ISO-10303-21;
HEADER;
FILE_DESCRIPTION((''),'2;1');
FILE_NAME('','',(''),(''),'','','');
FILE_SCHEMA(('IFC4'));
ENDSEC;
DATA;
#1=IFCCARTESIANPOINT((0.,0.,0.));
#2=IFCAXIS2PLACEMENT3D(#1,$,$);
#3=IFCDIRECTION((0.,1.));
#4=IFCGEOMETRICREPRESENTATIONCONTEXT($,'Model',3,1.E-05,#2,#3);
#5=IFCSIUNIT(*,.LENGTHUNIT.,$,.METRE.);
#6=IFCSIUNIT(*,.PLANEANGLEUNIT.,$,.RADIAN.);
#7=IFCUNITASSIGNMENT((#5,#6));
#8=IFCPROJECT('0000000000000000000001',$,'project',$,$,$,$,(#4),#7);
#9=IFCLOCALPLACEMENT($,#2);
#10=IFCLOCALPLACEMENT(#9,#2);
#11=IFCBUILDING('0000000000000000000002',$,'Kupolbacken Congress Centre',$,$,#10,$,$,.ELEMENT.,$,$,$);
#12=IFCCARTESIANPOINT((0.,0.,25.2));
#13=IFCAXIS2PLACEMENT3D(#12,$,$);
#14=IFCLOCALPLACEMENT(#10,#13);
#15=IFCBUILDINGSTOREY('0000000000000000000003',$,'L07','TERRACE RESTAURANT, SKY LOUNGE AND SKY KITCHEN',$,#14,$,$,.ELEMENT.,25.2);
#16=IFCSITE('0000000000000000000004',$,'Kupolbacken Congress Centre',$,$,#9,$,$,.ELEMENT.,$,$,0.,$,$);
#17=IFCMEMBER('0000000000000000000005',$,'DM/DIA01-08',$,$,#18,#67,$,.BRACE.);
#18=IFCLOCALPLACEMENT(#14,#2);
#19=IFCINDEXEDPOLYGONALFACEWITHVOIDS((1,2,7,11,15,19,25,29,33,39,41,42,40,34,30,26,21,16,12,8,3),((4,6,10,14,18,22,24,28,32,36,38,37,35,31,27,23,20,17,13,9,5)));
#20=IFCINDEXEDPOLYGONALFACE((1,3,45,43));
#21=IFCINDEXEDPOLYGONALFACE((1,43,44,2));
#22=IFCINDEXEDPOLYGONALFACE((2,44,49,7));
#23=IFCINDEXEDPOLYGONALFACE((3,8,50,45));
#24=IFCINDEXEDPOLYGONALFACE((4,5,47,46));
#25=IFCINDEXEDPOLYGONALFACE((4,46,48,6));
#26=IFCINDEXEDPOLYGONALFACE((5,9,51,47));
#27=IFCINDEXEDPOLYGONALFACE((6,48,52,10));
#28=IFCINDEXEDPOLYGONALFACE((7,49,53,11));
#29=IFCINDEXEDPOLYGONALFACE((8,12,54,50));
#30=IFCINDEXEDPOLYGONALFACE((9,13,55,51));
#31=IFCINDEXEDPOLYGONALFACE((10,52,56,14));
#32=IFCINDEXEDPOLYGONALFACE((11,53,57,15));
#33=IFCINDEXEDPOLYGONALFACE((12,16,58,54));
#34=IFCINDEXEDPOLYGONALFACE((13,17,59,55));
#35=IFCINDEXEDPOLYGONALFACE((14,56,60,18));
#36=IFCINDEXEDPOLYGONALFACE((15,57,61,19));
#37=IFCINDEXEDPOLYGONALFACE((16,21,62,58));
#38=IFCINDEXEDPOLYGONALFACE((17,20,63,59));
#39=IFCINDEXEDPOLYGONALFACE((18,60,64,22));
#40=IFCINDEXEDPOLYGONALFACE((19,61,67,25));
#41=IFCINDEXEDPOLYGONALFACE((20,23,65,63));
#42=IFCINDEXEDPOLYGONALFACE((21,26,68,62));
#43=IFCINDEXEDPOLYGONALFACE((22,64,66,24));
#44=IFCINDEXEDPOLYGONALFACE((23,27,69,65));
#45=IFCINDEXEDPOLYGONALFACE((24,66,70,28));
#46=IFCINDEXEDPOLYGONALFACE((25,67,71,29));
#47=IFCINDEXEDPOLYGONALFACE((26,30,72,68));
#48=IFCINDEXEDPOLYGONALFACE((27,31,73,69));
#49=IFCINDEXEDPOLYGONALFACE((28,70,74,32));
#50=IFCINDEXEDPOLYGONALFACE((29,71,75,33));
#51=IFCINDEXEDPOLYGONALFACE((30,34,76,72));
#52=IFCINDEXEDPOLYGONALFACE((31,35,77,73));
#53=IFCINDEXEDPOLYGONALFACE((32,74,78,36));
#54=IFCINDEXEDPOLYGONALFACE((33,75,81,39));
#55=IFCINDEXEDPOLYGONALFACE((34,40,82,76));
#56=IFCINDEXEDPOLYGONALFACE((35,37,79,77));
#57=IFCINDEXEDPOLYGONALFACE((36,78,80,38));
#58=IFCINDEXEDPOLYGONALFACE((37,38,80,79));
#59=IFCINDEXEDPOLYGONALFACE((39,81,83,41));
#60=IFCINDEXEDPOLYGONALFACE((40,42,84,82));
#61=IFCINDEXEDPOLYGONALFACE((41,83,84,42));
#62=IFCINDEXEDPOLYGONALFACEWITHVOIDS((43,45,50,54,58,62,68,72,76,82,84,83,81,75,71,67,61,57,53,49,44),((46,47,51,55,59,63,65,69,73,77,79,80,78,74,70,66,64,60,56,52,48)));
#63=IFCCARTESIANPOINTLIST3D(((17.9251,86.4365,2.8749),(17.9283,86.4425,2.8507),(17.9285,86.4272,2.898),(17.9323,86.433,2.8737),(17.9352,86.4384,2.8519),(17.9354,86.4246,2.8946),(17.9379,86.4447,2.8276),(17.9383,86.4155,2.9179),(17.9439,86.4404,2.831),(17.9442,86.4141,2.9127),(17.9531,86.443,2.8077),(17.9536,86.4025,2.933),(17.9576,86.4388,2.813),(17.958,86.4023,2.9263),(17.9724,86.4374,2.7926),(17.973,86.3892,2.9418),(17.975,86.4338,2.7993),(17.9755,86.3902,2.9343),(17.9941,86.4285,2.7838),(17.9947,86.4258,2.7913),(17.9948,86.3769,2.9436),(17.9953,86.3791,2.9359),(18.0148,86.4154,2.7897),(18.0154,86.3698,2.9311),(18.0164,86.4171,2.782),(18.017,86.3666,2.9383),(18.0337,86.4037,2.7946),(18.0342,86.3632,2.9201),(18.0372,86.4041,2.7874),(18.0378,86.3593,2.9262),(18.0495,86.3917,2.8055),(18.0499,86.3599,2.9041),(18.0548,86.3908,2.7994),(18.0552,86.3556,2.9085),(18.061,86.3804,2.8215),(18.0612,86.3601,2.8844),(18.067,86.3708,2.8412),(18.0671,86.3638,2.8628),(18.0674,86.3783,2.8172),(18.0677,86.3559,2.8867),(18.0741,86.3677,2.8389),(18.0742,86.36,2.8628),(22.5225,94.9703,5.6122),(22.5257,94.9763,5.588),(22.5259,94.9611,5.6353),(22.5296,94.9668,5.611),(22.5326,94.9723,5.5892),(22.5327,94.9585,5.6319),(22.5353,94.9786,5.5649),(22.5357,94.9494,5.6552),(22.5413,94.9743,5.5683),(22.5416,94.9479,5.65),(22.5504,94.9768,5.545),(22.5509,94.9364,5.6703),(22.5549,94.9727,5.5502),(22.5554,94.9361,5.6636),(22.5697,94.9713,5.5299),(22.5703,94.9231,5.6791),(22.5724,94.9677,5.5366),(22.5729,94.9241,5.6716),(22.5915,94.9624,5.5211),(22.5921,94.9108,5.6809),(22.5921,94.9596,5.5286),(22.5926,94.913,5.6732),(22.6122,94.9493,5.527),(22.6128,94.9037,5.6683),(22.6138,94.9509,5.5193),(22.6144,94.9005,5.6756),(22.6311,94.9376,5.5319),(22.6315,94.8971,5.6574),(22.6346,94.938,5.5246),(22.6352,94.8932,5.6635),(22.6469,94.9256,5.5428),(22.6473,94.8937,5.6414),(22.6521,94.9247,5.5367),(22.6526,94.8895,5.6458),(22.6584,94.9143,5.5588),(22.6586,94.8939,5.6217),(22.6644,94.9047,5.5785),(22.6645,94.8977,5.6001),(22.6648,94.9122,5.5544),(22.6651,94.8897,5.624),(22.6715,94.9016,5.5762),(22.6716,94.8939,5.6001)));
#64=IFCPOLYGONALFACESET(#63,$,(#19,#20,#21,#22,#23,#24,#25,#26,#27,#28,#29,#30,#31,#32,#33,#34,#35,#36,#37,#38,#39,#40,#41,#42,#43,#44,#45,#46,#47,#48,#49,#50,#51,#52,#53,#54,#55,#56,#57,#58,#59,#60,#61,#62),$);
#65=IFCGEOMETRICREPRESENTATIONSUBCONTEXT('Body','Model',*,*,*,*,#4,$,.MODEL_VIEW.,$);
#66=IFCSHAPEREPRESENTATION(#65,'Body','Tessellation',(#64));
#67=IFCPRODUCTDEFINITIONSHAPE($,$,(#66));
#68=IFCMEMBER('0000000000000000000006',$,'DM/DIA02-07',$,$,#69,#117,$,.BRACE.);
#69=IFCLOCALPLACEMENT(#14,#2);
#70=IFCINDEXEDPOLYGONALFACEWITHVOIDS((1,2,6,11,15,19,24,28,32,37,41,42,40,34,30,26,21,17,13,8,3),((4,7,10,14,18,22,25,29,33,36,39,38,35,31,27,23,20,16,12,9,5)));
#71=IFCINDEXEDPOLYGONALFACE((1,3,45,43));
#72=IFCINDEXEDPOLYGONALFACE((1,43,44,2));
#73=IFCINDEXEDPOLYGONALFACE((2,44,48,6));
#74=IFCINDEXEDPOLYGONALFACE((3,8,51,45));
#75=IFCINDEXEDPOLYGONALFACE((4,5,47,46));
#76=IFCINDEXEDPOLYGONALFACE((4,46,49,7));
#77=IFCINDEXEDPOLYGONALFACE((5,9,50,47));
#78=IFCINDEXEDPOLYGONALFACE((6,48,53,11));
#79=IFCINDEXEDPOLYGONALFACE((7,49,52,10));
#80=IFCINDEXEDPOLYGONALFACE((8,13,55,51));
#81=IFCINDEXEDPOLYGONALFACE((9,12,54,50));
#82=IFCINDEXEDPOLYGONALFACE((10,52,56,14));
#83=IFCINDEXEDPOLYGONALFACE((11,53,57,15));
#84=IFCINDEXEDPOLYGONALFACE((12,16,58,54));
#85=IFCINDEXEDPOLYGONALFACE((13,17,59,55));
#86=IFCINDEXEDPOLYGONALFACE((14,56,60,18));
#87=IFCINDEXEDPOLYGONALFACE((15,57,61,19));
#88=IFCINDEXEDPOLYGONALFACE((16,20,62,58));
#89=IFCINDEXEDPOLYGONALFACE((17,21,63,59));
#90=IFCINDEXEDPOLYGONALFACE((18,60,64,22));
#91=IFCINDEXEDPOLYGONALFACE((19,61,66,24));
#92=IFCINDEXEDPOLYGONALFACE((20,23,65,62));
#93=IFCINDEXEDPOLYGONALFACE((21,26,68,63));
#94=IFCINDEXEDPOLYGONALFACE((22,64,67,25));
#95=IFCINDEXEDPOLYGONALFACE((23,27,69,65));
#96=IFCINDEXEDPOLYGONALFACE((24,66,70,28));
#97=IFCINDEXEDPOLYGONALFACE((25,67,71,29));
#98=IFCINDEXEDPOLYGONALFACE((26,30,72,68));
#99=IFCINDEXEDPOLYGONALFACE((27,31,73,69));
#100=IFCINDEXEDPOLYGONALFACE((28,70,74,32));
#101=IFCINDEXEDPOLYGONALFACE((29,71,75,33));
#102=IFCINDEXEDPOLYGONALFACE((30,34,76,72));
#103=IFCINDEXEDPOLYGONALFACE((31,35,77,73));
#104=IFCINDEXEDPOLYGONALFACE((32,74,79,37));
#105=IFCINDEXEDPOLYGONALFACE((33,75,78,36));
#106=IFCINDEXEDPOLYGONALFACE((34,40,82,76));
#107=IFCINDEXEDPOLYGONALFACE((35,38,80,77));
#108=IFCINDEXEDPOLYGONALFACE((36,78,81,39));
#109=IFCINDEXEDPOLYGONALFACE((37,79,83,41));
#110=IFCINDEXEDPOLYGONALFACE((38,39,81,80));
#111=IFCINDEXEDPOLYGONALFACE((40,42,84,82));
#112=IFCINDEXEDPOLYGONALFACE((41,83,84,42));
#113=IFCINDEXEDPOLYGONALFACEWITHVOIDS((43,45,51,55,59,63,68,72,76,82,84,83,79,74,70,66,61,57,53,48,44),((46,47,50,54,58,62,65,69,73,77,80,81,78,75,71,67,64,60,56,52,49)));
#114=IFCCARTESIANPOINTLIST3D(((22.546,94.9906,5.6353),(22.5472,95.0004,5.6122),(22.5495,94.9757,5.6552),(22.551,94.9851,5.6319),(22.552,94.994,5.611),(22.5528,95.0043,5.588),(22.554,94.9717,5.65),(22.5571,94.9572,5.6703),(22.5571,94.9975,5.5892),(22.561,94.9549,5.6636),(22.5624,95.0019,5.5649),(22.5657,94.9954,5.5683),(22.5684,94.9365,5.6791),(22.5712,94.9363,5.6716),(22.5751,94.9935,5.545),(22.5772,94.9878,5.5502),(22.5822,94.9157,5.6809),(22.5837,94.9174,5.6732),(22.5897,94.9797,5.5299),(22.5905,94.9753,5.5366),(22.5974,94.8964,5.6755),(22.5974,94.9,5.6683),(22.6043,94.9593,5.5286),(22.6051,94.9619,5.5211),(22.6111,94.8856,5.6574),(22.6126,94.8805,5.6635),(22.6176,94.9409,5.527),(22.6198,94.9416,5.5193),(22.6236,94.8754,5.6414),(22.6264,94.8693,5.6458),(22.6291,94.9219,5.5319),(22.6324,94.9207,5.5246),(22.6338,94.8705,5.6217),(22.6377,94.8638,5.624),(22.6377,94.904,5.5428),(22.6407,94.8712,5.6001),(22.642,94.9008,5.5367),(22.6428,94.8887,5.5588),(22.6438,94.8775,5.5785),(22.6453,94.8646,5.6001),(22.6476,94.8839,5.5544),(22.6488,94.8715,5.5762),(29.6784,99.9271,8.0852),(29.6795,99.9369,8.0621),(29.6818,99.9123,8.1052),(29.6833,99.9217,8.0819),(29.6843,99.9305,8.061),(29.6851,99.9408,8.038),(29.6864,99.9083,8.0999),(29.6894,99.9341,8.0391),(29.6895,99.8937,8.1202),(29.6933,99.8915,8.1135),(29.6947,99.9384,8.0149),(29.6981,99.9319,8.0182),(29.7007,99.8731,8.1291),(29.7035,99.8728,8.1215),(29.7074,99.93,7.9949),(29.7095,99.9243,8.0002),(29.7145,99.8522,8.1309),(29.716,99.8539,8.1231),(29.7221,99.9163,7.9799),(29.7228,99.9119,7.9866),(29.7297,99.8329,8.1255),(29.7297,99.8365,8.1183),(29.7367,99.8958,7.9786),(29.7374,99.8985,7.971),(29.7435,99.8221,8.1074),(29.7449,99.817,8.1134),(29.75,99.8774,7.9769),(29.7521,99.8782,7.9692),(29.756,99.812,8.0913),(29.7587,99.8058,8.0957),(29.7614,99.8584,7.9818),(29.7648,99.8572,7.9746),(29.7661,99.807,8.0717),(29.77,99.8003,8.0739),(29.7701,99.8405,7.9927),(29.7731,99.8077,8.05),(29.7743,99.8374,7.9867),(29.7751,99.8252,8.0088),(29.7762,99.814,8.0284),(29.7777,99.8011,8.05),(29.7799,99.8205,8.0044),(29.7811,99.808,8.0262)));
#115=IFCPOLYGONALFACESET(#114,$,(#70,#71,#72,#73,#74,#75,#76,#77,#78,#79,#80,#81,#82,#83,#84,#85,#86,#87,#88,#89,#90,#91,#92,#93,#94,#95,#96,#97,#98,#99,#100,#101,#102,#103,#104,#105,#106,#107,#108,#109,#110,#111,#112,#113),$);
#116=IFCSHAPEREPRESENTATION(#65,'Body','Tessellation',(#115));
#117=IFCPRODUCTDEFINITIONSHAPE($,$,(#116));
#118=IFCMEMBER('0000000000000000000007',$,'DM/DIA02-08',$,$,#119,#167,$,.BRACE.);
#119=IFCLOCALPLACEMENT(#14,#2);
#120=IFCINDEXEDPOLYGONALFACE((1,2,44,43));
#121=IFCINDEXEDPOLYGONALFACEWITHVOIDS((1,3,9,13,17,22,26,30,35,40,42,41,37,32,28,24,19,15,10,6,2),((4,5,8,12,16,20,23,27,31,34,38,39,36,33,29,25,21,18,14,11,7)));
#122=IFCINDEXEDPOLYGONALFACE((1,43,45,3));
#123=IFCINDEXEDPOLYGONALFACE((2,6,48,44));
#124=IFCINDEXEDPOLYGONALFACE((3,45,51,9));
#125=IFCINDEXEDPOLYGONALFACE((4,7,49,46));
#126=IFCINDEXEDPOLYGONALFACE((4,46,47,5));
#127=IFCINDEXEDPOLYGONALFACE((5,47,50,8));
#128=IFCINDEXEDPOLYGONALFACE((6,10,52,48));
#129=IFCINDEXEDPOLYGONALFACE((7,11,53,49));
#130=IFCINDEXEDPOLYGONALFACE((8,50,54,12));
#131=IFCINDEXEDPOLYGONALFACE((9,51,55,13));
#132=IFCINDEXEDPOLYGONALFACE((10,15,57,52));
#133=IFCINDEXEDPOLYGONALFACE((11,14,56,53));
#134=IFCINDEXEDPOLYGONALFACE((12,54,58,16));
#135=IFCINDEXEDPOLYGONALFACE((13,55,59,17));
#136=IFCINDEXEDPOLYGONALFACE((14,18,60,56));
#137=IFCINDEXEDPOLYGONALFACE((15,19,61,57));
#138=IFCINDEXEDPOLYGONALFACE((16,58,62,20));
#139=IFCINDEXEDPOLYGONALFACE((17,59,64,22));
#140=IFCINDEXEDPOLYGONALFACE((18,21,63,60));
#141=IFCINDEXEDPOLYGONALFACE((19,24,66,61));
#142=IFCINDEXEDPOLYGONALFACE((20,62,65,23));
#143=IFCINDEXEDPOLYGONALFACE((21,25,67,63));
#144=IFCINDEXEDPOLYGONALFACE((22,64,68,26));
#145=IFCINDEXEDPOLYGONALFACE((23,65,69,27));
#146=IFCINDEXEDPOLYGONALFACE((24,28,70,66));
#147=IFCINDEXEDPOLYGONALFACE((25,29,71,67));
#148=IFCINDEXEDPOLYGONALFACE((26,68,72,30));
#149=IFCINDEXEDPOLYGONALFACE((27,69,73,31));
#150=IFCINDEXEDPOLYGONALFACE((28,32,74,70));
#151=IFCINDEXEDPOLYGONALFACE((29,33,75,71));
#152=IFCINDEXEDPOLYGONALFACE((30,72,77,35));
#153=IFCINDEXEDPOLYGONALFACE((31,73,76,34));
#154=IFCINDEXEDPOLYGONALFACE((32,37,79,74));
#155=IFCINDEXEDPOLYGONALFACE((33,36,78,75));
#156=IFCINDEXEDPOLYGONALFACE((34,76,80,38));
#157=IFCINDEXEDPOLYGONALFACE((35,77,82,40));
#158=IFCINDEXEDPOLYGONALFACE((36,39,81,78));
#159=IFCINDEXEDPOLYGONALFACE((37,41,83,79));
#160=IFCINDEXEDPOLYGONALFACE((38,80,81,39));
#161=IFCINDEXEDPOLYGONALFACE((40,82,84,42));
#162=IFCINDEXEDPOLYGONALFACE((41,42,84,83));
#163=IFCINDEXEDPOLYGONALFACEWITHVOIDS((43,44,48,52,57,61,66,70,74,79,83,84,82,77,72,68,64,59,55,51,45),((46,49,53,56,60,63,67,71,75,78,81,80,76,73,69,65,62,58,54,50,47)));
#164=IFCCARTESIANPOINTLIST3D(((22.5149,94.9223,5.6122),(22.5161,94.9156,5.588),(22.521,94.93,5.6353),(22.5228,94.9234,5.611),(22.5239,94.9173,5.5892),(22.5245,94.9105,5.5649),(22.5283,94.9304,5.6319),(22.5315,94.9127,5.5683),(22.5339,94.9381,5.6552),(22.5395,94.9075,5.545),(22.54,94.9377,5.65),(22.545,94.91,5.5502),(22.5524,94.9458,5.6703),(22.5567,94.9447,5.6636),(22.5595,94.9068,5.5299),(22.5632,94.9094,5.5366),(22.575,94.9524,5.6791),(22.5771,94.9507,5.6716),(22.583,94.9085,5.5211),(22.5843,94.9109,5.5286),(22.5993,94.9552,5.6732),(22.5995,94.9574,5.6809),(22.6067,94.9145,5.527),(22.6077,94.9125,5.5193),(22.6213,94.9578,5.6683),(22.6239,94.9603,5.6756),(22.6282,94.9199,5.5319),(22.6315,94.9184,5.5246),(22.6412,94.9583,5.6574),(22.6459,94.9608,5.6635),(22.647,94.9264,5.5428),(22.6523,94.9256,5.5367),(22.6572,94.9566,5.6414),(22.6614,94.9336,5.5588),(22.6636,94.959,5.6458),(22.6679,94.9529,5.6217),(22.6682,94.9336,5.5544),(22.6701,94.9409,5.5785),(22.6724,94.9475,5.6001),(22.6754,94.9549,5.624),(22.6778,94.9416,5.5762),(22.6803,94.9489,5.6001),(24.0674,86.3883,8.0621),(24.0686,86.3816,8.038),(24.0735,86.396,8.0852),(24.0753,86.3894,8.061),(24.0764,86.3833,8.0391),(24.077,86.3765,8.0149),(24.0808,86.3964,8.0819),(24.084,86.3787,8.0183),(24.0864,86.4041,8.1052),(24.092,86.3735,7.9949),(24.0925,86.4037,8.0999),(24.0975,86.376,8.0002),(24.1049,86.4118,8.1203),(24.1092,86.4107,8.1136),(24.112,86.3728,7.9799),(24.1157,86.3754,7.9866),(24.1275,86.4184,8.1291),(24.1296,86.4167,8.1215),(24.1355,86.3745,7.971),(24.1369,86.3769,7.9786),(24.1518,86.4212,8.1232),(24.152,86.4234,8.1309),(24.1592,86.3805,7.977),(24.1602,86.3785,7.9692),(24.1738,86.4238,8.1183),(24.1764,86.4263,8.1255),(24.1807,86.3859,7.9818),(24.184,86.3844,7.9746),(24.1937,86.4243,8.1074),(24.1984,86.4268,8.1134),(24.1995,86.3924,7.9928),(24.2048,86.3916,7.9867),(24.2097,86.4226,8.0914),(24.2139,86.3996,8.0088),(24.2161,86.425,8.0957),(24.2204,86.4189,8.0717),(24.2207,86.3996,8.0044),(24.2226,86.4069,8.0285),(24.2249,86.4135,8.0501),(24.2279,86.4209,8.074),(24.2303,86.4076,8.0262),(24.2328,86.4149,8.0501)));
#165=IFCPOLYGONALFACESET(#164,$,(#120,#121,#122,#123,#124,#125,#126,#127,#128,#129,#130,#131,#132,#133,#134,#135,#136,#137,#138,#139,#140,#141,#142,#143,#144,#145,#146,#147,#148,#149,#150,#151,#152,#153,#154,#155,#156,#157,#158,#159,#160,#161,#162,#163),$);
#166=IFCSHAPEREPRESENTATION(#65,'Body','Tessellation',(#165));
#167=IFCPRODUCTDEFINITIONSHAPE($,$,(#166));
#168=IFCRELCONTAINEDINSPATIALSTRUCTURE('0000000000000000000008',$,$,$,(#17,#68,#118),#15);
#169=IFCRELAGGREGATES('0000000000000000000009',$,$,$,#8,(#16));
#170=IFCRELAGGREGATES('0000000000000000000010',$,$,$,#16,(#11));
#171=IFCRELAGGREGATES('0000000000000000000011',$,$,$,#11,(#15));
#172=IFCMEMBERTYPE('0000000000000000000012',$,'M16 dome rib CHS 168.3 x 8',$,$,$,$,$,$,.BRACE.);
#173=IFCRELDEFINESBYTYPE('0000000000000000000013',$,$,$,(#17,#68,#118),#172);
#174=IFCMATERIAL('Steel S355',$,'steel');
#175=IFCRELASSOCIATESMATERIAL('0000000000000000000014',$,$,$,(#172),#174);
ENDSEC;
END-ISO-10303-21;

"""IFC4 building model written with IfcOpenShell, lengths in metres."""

from ifc_helpers import new_model, si_unit, direction, frame, origin, origin_2d, place, context, subcontext, project, spatial, hollow_circle, extrude, material, material_profile, profile_set, type_object, element, save


model = new_model("IFC4")

# Units and contexts
model_context = context("Model", 3, precision=1e-05, world=origin(), true_north=direction((0.0, 1.0)))
body_context = subcontext(model_context, "Body", "Model", "MODEL_VIEW")
ifc_project = project(units=[si_unit("LENGTHUNIT", "METRE"), si_unit("PLANEANGLEUNIT", "RADIAN")], contexts=[model_context])

# Site, building, storey
site_placement = place(None, origin())
site = spatial("IfcSite", under=ifc_project, at=site_placement, Name="Kupolbacken Congress Centre", CompositionType="ELEMENT", RefElevation=0.0)
building_placement = place(site_placement, origin())
building = spatial("IfcBuilding", under=site, at=building_placement, Name="Kupolbacken Congress Centre", CompositionType="ELEMENT")
storey_placement = place(building_placement, frame((0.0, 0.0, 25.2)))
storey = spatial("IfcBuildingStorey", under=building, at=storey_placement, Name="L07", Description="TERRACE RESTAURANT, SKY LOUNGE AND SKY KITCHEN", CompositionType="ELEMENT", Elevation=25.2)

# Members
ifc_material_1 = material(Name="Steel S355", Category="steel")
ifc_material_profile_1 = material_profile(ifc_material_1, hollow_circle(Radius=0.0842, WallThickness=0.0081, at=origin_2d()), Name="CHS 168.3 x 8")
ifc_profile_set_1 = profile_set([ifc_material_profile_1], Name="Steel S355")
member_type_1 = type_object("IfcMemberType", Name="M16 dome rib CHS 168.3 x 8", PredefinedType="BRACE", material=ifc_profile_set_1)
member_1_placement = place(storey_placement, frame((22.5974, 94.9338, 5.6001), z_axis=(-0.456428, -0.847243, -0.271758), x_axis=(0.880376, -0.474277, 0.0)))
element("IfcMember", 1, at=member_1_placement, inside=storey, type_object=member_type_1, Name="DM/DIA01-08", PredefinedType="BRACE", context=body_context, shape_type="SweptSolid", body=[
    extrude(hollow_circle(Radius=0.0842, WallThickness=0.0081, at=origin_2d()), origin(), (0.0, 0.0, 1.0), 10.0725),
])
for number, where, z_axis, x_axis, name in (
    (2, (29.7297, 99.8704, 8.05), (-0.791301, -0.547687, -0.271812), (0.569113, -0.822259, 0.0), "DM/DIA02-07"),
    (3, (22.5974, 94.9338, 5.6001), (0.172243, -0.94681, 0.271813), (0.983852, 0.178982, 0.0), "DM/DIA02-08"),
):
    element("IfcMember", number, at=place(storey_placement, frame(where, z_axis=z_axis, x_axis=x_axis)), inside=storey, type_object=member_type_1, Name=name, PredefinedType="BRACE", context=body_context, shape_type="SweptSolid", body=[
        extrude(hollow_circle(Radius=0.0842, WallThickness=0.0081, at=origin_2d()), origin(), (0.0, 0.0, 1.0), 9.0134),
    ])

save(model, "model.ifc")
